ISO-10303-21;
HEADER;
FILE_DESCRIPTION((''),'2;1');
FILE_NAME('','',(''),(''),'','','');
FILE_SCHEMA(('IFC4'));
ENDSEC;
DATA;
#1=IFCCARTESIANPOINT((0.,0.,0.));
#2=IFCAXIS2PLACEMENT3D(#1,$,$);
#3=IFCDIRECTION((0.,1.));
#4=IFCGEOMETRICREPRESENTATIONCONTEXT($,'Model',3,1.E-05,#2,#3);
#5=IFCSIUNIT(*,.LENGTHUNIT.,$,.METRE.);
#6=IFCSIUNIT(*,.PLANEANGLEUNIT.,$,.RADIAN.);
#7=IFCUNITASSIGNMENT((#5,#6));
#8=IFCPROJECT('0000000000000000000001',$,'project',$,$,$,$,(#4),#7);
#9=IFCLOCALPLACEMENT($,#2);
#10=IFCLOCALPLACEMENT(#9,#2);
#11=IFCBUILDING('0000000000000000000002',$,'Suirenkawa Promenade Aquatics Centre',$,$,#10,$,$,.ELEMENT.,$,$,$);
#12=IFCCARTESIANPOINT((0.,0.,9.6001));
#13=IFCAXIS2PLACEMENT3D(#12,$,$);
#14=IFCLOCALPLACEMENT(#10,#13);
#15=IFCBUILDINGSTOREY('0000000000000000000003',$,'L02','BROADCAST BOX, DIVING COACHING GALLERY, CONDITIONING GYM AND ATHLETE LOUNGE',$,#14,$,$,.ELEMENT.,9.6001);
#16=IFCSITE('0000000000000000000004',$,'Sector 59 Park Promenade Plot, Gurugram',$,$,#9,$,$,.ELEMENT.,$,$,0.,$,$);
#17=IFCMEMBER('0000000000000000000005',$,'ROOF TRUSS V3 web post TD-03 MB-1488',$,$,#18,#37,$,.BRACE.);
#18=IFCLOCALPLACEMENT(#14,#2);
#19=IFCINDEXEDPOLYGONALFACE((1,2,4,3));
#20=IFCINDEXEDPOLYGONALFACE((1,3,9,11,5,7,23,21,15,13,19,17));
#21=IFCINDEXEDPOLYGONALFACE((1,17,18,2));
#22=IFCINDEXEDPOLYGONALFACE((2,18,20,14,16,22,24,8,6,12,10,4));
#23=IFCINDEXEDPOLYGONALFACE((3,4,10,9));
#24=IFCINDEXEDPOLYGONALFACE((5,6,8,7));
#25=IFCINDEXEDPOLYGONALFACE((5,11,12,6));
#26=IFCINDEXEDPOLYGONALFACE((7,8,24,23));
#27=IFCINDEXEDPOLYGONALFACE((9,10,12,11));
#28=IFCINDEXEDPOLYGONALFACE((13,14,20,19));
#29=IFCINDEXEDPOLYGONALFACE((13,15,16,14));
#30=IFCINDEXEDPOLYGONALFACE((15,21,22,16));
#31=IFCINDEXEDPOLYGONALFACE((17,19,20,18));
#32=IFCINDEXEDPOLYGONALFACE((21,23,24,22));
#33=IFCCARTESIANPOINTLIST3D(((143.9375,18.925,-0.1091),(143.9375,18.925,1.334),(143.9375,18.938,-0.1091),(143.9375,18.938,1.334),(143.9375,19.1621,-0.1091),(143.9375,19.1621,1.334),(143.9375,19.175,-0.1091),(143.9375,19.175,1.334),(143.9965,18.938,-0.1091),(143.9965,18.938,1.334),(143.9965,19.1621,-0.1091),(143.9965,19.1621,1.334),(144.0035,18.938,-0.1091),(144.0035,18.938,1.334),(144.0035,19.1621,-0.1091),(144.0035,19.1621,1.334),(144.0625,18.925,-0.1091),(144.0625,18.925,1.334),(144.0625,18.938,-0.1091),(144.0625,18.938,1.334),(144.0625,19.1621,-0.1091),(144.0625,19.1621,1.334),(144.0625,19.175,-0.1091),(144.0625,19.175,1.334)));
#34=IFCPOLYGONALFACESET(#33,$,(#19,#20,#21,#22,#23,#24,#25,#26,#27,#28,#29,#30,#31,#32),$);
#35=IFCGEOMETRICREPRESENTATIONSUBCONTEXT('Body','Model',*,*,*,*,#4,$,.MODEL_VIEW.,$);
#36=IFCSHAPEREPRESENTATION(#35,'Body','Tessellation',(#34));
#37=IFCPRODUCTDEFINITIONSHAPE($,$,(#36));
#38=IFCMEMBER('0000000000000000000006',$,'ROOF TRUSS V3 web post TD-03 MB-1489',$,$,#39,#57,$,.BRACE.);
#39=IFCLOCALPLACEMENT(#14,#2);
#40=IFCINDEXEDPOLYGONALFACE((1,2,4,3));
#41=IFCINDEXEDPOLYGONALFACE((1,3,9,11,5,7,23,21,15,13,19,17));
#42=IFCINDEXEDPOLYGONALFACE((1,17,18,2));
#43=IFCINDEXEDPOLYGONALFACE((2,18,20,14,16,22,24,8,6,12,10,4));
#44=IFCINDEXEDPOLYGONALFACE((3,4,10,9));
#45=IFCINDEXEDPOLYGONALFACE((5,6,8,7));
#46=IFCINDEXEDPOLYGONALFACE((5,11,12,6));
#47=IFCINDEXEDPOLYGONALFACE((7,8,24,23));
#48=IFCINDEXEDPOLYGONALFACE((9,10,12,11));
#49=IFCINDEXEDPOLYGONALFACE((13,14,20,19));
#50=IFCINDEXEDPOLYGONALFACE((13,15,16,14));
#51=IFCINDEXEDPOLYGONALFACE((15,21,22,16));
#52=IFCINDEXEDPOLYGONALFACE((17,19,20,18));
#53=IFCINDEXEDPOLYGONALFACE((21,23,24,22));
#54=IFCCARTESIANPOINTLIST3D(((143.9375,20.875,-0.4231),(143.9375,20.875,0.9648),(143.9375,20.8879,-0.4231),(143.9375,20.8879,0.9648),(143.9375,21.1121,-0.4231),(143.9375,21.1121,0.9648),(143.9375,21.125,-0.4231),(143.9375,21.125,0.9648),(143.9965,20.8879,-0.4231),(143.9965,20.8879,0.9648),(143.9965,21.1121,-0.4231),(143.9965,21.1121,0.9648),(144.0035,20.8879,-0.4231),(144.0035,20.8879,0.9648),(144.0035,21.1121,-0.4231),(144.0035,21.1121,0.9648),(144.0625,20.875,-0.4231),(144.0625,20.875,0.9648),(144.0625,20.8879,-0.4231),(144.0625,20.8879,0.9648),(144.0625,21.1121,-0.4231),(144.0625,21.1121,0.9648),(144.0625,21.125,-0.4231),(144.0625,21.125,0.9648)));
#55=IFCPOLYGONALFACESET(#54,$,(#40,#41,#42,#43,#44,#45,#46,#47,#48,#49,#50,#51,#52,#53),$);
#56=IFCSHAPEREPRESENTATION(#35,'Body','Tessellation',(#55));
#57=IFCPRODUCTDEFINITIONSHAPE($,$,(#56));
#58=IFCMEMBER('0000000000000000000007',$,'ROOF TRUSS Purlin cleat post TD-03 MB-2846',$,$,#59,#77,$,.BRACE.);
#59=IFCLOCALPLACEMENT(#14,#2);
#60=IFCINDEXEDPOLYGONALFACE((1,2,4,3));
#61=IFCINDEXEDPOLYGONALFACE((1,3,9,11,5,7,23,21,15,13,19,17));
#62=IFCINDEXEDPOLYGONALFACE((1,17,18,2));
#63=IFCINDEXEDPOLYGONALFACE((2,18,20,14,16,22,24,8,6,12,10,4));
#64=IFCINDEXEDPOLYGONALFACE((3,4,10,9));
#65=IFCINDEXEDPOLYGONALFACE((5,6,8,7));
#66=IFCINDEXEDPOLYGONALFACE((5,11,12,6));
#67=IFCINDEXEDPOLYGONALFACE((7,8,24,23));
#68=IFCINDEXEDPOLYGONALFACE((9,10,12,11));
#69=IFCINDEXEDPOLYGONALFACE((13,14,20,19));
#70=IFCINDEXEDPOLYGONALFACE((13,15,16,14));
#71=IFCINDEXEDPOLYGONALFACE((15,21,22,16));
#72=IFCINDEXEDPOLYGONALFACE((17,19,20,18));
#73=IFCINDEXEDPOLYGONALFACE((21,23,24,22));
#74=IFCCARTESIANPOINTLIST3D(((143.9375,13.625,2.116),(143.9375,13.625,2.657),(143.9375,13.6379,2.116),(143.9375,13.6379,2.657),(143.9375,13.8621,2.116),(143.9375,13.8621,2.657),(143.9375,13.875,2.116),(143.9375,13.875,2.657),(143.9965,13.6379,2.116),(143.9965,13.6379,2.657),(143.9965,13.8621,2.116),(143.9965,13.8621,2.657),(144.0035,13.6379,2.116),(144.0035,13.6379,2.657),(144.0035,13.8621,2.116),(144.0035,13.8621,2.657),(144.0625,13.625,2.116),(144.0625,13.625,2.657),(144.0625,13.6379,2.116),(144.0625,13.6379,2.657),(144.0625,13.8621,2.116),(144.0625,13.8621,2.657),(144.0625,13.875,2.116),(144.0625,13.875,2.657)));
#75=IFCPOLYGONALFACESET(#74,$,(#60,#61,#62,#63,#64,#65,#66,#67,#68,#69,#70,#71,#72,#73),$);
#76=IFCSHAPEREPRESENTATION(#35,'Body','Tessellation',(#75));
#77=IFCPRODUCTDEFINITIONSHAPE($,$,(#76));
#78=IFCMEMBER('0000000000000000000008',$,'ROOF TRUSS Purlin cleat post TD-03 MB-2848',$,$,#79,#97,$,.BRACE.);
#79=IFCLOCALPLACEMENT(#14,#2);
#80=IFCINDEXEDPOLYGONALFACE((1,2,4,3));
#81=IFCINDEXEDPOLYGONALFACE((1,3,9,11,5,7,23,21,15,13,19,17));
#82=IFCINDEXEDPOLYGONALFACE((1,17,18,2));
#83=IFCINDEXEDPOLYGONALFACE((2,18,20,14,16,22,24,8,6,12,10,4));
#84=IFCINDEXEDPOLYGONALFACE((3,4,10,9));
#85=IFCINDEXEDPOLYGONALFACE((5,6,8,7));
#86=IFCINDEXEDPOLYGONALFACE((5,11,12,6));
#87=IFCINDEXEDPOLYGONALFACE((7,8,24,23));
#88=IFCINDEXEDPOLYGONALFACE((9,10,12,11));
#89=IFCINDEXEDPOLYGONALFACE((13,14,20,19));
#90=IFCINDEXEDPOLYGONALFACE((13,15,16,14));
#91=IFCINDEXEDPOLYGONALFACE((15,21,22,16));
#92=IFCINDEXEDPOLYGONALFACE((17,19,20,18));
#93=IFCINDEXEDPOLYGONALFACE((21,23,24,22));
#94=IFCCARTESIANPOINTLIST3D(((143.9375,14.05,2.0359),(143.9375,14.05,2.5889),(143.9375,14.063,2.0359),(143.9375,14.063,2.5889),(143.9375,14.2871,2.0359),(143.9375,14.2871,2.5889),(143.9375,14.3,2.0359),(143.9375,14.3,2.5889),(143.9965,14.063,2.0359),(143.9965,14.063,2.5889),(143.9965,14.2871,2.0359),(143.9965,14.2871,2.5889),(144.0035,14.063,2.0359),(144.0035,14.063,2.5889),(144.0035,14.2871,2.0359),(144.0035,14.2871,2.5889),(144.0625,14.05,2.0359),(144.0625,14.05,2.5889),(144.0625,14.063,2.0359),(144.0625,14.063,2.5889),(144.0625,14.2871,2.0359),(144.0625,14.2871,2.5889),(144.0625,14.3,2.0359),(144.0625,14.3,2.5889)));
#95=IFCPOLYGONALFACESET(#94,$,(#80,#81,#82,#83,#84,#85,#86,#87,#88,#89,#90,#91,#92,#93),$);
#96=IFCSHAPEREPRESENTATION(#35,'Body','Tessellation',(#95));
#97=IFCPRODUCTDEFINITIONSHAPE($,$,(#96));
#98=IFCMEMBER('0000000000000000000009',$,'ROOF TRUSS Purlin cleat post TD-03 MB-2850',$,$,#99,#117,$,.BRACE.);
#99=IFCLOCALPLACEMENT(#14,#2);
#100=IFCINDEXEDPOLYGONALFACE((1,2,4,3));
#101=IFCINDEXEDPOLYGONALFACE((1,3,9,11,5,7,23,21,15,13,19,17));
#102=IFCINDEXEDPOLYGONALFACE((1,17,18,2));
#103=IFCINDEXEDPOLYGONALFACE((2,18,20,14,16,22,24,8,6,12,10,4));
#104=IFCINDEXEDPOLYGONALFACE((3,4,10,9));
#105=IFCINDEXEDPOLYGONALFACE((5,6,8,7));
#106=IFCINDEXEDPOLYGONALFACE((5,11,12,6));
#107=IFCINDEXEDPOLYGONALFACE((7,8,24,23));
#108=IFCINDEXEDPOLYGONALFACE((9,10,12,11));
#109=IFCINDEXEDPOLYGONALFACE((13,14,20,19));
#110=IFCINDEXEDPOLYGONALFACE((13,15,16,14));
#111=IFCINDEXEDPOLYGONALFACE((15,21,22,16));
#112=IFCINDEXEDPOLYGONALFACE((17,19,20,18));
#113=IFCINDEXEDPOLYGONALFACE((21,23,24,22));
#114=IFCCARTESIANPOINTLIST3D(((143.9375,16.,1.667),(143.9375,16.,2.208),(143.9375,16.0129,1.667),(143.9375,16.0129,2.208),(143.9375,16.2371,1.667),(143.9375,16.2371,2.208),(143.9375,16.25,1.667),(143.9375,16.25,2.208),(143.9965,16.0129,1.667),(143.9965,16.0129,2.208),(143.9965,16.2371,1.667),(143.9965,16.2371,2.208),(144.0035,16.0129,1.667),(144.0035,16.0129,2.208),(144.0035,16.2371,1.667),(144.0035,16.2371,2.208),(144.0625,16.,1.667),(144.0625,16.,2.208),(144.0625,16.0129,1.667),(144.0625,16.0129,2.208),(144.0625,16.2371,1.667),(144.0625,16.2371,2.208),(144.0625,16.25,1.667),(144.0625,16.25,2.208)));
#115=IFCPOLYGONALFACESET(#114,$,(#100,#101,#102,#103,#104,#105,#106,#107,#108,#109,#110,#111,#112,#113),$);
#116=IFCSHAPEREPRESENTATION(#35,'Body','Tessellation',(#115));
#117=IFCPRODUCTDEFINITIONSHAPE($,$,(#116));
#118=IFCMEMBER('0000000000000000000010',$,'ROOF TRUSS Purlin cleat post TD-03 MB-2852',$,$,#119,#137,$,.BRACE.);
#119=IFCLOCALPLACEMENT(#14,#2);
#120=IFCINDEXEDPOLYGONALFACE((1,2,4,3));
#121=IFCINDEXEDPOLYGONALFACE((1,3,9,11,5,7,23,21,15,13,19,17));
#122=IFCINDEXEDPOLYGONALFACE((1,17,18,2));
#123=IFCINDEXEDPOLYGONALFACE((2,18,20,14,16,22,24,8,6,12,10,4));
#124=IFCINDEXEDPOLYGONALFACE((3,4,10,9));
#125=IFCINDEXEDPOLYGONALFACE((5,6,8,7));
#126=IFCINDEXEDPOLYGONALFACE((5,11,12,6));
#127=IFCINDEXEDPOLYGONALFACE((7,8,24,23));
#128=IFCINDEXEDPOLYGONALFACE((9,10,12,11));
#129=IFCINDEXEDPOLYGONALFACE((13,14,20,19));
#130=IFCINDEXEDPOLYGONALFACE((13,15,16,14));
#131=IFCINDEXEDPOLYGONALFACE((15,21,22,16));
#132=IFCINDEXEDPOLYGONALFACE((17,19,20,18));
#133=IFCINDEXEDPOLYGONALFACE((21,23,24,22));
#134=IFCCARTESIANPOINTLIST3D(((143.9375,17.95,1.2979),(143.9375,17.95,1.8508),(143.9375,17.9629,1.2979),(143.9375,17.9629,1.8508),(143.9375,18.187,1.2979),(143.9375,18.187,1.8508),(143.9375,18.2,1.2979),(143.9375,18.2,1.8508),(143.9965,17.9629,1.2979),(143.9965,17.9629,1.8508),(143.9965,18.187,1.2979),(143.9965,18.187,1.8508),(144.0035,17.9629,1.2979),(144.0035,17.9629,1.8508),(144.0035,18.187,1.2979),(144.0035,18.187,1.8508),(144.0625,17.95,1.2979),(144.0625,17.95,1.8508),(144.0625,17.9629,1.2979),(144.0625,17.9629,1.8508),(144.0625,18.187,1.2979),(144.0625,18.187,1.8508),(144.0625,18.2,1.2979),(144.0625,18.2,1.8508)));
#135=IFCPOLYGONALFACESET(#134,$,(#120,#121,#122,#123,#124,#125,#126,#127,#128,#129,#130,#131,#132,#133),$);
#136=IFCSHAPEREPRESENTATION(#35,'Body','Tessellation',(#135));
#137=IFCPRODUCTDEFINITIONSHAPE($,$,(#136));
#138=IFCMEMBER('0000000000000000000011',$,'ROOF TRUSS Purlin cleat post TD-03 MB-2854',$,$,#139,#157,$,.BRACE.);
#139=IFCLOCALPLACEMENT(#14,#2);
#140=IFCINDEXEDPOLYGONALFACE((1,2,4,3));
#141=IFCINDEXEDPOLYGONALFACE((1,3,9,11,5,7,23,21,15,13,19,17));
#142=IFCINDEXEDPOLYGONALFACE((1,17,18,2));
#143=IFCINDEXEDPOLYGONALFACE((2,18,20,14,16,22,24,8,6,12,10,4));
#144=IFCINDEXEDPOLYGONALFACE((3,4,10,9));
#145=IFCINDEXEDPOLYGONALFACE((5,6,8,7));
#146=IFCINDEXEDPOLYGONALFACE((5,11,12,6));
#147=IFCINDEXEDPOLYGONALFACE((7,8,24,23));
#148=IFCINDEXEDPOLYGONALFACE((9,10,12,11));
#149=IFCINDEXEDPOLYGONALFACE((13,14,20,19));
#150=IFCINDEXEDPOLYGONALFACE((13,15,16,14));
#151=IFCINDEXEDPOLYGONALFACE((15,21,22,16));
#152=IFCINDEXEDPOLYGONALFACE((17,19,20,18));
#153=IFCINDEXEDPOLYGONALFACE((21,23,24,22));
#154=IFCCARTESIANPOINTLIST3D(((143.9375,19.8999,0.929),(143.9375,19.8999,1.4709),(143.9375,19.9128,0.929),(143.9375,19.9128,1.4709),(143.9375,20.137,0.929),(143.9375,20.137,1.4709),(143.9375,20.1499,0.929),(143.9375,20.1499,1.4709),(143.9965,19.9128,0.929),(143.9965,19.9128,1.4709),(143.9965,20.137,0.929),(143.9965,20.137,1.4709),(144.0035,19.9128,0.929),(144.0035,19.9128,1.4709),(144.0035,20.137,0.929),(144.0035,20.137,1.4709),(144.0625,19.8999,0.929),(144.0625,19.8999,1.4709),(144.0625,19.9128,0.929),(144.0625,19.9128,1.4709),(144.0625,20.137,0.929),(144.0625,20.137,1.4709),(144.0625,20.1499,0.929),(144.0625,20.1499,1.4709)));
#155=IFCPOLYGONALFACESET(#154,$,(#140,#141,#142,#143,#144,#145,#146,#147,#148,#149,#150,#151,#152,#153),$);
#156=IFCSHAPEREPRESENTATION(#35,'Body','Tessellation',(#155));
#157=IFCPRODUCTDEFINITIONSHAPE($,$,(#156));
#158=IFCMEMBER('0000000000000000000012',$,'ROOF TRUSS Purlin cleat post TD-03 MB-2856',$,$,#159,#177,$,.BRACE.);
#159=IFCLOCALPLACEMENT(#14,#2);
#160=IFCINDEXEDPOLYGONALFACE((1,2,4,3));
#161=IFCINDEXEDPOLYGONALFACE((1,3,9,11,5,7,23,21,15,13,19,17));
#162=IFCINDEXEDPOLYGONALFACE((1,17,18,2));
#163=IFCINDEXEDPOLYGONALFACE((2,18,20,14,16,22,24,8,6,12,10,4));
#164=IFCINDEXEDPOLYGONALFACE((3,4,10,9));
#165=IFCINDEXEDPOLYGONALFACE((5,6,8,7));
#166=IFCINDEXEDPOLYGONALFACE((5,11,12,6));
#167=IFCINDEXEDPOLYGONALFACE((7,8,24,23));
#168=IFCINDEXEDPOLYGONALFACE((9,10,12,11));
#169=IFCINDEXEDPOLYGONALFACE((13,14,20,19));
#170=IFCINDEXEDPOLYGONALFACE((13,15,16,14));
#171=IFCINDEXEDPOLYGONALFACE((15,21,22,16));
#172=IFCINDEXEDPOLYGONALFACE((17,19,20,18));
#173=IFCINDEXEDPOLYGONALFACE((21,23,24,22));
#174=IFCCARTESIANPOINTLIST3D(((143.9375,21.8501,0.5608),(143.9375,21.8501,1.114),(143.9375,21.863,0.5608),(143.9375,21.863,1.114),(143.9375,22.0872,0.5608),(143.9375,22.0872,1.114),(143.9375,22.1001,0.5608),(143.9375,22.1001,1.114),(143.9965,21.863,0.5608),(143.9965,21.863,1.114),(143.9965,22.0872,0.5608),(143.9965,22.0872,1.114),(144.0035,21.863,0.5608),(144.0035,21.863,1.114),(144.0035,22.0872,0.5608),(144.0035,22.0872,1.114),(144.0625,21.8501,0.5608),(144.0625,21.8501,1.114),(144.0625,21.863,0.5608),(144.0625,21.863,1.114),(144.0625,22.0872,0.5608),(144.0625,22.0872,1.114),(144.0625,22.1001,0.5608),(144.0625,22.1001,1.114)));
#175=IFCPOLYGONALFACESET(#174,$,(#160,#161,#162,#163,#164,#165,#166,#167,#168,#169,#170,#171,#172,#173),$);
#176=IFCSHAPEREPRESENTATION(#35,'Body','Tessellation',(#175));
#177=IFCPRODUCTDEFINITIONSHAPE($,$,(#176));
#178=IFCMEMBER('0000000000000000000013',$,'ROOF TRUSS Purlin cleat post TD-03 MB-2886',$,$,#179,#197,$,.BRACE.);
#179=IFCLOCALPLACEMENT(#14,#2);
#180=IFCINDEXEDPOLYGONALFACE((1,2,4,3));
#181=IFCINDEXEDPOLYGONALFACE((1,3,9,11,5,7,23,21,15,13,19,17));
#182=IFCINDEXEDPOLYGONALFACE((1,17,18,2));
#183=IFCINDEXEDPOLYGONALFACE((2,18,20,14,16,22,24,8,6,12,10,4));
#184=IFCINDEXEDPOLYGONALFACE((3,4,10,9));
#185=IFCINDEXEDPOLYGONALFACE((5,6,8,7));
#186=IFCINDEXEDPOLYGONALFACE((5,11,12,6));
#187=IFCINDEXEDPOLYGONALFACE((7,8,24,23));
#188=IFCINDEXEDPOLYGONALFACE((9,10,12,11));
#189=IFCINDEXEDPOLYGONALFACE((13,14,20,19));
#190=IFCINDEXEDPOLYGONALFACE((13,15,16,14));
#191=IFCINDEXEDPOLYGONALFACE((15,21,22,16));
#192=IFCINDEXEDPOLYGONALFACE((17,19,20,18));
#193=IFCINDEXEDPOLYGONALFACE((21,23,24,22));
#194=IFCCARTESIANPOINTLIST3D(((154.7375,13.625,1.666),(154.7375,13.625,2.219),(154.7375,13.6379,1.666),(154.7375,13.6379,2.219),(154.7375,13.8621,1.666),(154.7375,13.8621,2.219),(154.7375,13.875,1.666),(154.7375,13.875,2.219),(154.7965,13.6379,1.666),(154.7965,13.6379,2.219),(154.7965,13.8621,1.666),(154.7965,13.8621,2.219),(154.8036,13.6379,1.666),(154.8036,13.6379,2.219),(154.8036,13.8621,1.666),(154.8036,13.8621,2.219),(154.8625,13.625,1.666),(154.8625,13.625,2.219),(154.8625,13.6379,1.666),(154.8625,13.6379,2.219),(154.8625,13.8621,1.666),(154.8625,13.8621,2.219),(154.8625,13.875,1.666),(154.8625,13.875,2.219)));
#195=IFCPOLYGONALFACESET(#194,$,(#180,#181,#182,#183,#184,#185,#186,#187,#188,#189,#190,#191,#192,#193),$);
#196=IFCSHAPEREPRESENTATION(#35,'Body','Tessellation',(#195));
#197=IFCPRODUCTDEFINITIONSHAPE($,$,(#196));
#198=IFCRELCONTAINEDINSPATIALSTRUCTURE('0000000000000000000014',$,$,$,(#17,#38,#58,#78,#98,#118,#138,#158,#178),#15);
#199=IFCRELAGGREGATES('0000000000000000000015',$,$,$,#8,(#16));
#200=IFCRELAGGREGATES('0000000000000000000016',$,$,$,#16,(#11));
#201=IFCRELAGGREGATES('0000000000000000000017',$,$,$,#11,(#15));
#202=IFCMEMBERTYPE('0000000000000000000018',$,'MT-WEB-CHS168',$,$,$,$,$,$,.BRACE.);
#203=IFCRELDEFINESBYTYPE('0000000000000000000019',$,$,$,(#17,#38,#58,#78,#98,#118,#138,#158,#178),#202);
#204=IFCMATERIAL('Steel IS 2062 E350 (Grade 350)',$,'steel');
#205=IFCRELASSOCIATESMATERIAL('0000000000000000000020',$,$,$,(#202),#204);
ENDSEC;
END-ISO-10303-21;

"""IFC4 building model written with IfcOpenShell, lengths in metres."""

from ifc_helpers import new_model, si_unit, direction, frame, origin, origin_2d, place, context, subcontext, project, spatial, i_section, extrude, material, material_profile, profile_set, type_object, element, save


model = new_model("IFC4")

# Units and contexts
model_context = context("Model", 3, precision=1e-05, world=origin(), true_north=direction((0.0, 1.0)))
body_context = subcontext(model_context, "Body", "Model", "MODEL_VIEW")
ifc_project = project(units=[si_unit("LENGTHUNIT", "METRE"), si_unit("PLANEANGLEUNIT", "RADIAN")], contexts=[model_context])

# Site, building, storey
site_placement = place(None, origin())
site = spatial("IfcSite", under=ifc_project, at=site_placement, Name="Sector 59 Park Promenade Plot, Gurugram", CompositionType="ELEMENT", RefElevation=0.0)
building_placement = place(site_placement, origin())
building = spatial("IfcBuilding", under=site, at=building_placement, Name="Suirenkawa Promenade Aquatics Centre", CompositionType="ELEMENT")
storey_placement = place(building_placement, frame((0.0, 0.0, 9.6001)))
storey = spatial("IfcBuildingStorey", under=building, at=storey_placement, Name="L02", Description="BROADCAST BOX, DIVING COACHING GALLERY, CONDITIONING GYM AND ATHLETE LOUNGE", CompositionType="ELEMENT", Elevation=9.6001)

# Shared definitions
ifc_material_1 = material(Name="Steel IS 2062 E350 (Grade 350)", Category="steel")

# Members
ifc_material_profile_1 = material_profile(ifc_material_1, i_section(OverallWidth=0.125, OverallDepth=0.25, WebThickness=0.0071, FlangeThickness=0.0129, at=origin_2d()), Name="ISMB 250", Category="steel")
ifc_profile_set_1 = profile_set([ifc_material_profile_1], Name="Steel IS 2062 E350 (Grade 350)")
member_type_1 = type_object("IfcMemberType", Name="MT-WEB-CHS168", PredefinedType="BRACE", material=ifc_profile_set_1)
member_1_placement = place(storey_placement, frame((144.0, 19.05, -0.1091), z_axis=(0.0, 0.0, 1.0), x_axis=(1.0, 0.0, 0.0)))
element("IfcMember", 1, at=member_1_placement, inside=storey, type_object=member_type_1, Name="ROOF TRUSS V3 web post TD-03 MB-1488", PredefinedType="BRACE", context=body_context, shape_type="SweptSolid", body=[
    extrude(i_section(OverallWidth=0.125, OverallDepth=0.25, WebThickness=0.0071, FlangeThickness=0.0129, at=origin_2d()), origin(), (0.0, 0.0, 1.0), 1.4431),
])
member_2_placement = place(storey_placement, frame((144.0, 21.0, -0.4231), z_axis=(0.0, 0.0, 1.0), x_axis=(1.0, 0.0, 0.0)))
element("IfcMember", 2, at=member_2_placement, inside=storey, type_object=member_type_1, Name="ROOF TRUSS V3 web post TD-03 MB-1489", PredefinedType="BRACE", context=body_context, shape_type="SweptSolid", body=[
    extrude(i_section(OverallWidth=0.125, OverallDepth=0.25, WebThickness=0.0071, FlangeThickness=0.0129, at=origin_2d()), origin(), (0.0, 0.0, 1.0), 1.3879),
])
member_3_placement = place(storey_placement, frame((144.0, 13.75, 2.116), z_axis=(0.0, 0.0, 1.0), x_axis=(1.0, 0.0, 0.0)))
element("IfcMember", 3, at=member_3_placement, inside=storey, type_object=member_type_1, Name="ROOF TRUSS Purlin cleat post TD-03 MB-2846", PredefinedType="BRACE", context=body_context, shape_type="SweptSolid", body=[
    extrude(i_section(OverallWidth=0.125, OverallDepth=0.25, WebThickness=0.0071, FlangeThickness=0.0129, at=origin_2d()), origin(), (0.0, 0.0, 1.0), 0.541),
])
member_4_placement = place(storey_placement, frame((144.0, 14.175, 2.0359), z_axis=(0.0, 0.0, 1.0), x_axis=(1.0, 0.0, 0.0)))
element("IfcMember", 4, at=member_4_placement, inside=storey, type_object=member_type_1, Name="ROOF TRUSS Purlin cleat post TD-03 MB-2848", PredefinedType="BRACE", context=body_context, shape_type="SweptSolid", body=[
    extrude(i_section(OverallWidth=0.125, OverallDepth=0.25, WebThickness=0.0071, FlangeThickness=0.0129, at=origin_2d()), origin(), (0.0, 0.0, 1.0), 0.553),
])
member_5_placement = place(storey_placement, frame((144.0, 16.125, 1.667), z_axis=(0.0, 0.0, 1.0), x_axis=(1.0, 0.0, 0.0)))
element("IfcMember", 5, at=member_5_placement, inside=storey, type_object=member_type_1, Name="ROOF TRUSS Purlin cleat post TD-03 MB-2850", PredefinedType="BRACE", context=body_context, shape_type="SweptSolid", body=[
    extrude(i_section(OverallWidth=0.125, OverallDepth=0.25, WebThickness=0.0071, FlangeThickness=0.0129, at=origin_2d()), origin(), (0.0, 0.0, 1.0), 0.541),
])
member_6_placement = place(storey_placement, frame((144.0, 18.075, 1.2979), z_axis=(0.0, 0.0, 1.0), x_axis=(1.0, 0.0, 0.0)))
element("IfcMember", 6, at=member_6_placement, inside=storey, type_object=member_type_1, Name="ROOF TRUSS Purlin cleat post TD-03 MB-2852", PredefinedType="BRACE", context=body_context, shape_type="SweptSolid", body=[
    extrude(i_section(OverallWidth=0.125, OverallDepth=0.25, WebThickness=0.0071, FlangeThickness=0.0129, at=origin_2d()), origin(), (0.0, 0.0, 1.0), 0.553),
])
member_7_placement = place(storey_placement, frame((144.0, 20.0249, 0.929), z_axis=(0.0, 0.0, 1.0), x_axis=(1.0, 0.0, 0.0)))
element("IfcMember", 7, at=member_7_placement, inside=storey, type_object=member_type_1, Name="ROOF TRUSS Purlin cleat post TD-03 MB-2854", PredefinedType="BRACE", context=body_context, shape_type="SweptSolid", body=[
    extrude(i_section(OverallWidth=0.125, OverallDepth=0.25, WebThickness=0.0071, FlangeThickness=0.0129, at=origin_2d()), origin(), (0.0, 0.0, 1.0), 0.542),
])
member_8_placement = place(storey_placement, frame((144.0, 21.9751, 0.5608), z_axis=(0.0, 0.0, 1.0), x_axis=(1.0, 0.0, 0.0)))
element("IfcMember", 8, at=member_8_placement, inside=storey, type_object=member_type_1, Name="ROOF TRUSS Purlin cleat post TD-03 MB-2856", PredefinedType="BRACE", context=body_context, shape_type="SweptSolid", body=[
    extrude(i_section(OverallWidth=0.125, OverallDepth=0.25, WebThickness=0.0071, FlangeThickness=0.0129, at=origin_2d()), origin(), (0.0, 0.0, 1.0), 0.5532),
])
member_9_placement = place(storey_placement, frame((154.8, 13.75, 1.666), z_axis=(0.0, 0.0, 1.0), x_axis=(1.0, 0.0, 0.0)))
element("IfcMember", 9, at=member_9_placement, inside=storey, type_object=member_type_1, Name="ROOF TRUSS Purlin cleat post TD-03 MB-2886", PredefinedType="BRACE", context=body_context, shape_type="SweptSolid", body=[
    extrude(i_section(OverallWidth=0.125, OverallDepth=0.25, WebThickness=0.0071, FlangeThickness=0.0129, at=origin_2d()), origin(), (0.0, 0.0, 1.0), 0.553),
])

save(model, "model.ifc")
